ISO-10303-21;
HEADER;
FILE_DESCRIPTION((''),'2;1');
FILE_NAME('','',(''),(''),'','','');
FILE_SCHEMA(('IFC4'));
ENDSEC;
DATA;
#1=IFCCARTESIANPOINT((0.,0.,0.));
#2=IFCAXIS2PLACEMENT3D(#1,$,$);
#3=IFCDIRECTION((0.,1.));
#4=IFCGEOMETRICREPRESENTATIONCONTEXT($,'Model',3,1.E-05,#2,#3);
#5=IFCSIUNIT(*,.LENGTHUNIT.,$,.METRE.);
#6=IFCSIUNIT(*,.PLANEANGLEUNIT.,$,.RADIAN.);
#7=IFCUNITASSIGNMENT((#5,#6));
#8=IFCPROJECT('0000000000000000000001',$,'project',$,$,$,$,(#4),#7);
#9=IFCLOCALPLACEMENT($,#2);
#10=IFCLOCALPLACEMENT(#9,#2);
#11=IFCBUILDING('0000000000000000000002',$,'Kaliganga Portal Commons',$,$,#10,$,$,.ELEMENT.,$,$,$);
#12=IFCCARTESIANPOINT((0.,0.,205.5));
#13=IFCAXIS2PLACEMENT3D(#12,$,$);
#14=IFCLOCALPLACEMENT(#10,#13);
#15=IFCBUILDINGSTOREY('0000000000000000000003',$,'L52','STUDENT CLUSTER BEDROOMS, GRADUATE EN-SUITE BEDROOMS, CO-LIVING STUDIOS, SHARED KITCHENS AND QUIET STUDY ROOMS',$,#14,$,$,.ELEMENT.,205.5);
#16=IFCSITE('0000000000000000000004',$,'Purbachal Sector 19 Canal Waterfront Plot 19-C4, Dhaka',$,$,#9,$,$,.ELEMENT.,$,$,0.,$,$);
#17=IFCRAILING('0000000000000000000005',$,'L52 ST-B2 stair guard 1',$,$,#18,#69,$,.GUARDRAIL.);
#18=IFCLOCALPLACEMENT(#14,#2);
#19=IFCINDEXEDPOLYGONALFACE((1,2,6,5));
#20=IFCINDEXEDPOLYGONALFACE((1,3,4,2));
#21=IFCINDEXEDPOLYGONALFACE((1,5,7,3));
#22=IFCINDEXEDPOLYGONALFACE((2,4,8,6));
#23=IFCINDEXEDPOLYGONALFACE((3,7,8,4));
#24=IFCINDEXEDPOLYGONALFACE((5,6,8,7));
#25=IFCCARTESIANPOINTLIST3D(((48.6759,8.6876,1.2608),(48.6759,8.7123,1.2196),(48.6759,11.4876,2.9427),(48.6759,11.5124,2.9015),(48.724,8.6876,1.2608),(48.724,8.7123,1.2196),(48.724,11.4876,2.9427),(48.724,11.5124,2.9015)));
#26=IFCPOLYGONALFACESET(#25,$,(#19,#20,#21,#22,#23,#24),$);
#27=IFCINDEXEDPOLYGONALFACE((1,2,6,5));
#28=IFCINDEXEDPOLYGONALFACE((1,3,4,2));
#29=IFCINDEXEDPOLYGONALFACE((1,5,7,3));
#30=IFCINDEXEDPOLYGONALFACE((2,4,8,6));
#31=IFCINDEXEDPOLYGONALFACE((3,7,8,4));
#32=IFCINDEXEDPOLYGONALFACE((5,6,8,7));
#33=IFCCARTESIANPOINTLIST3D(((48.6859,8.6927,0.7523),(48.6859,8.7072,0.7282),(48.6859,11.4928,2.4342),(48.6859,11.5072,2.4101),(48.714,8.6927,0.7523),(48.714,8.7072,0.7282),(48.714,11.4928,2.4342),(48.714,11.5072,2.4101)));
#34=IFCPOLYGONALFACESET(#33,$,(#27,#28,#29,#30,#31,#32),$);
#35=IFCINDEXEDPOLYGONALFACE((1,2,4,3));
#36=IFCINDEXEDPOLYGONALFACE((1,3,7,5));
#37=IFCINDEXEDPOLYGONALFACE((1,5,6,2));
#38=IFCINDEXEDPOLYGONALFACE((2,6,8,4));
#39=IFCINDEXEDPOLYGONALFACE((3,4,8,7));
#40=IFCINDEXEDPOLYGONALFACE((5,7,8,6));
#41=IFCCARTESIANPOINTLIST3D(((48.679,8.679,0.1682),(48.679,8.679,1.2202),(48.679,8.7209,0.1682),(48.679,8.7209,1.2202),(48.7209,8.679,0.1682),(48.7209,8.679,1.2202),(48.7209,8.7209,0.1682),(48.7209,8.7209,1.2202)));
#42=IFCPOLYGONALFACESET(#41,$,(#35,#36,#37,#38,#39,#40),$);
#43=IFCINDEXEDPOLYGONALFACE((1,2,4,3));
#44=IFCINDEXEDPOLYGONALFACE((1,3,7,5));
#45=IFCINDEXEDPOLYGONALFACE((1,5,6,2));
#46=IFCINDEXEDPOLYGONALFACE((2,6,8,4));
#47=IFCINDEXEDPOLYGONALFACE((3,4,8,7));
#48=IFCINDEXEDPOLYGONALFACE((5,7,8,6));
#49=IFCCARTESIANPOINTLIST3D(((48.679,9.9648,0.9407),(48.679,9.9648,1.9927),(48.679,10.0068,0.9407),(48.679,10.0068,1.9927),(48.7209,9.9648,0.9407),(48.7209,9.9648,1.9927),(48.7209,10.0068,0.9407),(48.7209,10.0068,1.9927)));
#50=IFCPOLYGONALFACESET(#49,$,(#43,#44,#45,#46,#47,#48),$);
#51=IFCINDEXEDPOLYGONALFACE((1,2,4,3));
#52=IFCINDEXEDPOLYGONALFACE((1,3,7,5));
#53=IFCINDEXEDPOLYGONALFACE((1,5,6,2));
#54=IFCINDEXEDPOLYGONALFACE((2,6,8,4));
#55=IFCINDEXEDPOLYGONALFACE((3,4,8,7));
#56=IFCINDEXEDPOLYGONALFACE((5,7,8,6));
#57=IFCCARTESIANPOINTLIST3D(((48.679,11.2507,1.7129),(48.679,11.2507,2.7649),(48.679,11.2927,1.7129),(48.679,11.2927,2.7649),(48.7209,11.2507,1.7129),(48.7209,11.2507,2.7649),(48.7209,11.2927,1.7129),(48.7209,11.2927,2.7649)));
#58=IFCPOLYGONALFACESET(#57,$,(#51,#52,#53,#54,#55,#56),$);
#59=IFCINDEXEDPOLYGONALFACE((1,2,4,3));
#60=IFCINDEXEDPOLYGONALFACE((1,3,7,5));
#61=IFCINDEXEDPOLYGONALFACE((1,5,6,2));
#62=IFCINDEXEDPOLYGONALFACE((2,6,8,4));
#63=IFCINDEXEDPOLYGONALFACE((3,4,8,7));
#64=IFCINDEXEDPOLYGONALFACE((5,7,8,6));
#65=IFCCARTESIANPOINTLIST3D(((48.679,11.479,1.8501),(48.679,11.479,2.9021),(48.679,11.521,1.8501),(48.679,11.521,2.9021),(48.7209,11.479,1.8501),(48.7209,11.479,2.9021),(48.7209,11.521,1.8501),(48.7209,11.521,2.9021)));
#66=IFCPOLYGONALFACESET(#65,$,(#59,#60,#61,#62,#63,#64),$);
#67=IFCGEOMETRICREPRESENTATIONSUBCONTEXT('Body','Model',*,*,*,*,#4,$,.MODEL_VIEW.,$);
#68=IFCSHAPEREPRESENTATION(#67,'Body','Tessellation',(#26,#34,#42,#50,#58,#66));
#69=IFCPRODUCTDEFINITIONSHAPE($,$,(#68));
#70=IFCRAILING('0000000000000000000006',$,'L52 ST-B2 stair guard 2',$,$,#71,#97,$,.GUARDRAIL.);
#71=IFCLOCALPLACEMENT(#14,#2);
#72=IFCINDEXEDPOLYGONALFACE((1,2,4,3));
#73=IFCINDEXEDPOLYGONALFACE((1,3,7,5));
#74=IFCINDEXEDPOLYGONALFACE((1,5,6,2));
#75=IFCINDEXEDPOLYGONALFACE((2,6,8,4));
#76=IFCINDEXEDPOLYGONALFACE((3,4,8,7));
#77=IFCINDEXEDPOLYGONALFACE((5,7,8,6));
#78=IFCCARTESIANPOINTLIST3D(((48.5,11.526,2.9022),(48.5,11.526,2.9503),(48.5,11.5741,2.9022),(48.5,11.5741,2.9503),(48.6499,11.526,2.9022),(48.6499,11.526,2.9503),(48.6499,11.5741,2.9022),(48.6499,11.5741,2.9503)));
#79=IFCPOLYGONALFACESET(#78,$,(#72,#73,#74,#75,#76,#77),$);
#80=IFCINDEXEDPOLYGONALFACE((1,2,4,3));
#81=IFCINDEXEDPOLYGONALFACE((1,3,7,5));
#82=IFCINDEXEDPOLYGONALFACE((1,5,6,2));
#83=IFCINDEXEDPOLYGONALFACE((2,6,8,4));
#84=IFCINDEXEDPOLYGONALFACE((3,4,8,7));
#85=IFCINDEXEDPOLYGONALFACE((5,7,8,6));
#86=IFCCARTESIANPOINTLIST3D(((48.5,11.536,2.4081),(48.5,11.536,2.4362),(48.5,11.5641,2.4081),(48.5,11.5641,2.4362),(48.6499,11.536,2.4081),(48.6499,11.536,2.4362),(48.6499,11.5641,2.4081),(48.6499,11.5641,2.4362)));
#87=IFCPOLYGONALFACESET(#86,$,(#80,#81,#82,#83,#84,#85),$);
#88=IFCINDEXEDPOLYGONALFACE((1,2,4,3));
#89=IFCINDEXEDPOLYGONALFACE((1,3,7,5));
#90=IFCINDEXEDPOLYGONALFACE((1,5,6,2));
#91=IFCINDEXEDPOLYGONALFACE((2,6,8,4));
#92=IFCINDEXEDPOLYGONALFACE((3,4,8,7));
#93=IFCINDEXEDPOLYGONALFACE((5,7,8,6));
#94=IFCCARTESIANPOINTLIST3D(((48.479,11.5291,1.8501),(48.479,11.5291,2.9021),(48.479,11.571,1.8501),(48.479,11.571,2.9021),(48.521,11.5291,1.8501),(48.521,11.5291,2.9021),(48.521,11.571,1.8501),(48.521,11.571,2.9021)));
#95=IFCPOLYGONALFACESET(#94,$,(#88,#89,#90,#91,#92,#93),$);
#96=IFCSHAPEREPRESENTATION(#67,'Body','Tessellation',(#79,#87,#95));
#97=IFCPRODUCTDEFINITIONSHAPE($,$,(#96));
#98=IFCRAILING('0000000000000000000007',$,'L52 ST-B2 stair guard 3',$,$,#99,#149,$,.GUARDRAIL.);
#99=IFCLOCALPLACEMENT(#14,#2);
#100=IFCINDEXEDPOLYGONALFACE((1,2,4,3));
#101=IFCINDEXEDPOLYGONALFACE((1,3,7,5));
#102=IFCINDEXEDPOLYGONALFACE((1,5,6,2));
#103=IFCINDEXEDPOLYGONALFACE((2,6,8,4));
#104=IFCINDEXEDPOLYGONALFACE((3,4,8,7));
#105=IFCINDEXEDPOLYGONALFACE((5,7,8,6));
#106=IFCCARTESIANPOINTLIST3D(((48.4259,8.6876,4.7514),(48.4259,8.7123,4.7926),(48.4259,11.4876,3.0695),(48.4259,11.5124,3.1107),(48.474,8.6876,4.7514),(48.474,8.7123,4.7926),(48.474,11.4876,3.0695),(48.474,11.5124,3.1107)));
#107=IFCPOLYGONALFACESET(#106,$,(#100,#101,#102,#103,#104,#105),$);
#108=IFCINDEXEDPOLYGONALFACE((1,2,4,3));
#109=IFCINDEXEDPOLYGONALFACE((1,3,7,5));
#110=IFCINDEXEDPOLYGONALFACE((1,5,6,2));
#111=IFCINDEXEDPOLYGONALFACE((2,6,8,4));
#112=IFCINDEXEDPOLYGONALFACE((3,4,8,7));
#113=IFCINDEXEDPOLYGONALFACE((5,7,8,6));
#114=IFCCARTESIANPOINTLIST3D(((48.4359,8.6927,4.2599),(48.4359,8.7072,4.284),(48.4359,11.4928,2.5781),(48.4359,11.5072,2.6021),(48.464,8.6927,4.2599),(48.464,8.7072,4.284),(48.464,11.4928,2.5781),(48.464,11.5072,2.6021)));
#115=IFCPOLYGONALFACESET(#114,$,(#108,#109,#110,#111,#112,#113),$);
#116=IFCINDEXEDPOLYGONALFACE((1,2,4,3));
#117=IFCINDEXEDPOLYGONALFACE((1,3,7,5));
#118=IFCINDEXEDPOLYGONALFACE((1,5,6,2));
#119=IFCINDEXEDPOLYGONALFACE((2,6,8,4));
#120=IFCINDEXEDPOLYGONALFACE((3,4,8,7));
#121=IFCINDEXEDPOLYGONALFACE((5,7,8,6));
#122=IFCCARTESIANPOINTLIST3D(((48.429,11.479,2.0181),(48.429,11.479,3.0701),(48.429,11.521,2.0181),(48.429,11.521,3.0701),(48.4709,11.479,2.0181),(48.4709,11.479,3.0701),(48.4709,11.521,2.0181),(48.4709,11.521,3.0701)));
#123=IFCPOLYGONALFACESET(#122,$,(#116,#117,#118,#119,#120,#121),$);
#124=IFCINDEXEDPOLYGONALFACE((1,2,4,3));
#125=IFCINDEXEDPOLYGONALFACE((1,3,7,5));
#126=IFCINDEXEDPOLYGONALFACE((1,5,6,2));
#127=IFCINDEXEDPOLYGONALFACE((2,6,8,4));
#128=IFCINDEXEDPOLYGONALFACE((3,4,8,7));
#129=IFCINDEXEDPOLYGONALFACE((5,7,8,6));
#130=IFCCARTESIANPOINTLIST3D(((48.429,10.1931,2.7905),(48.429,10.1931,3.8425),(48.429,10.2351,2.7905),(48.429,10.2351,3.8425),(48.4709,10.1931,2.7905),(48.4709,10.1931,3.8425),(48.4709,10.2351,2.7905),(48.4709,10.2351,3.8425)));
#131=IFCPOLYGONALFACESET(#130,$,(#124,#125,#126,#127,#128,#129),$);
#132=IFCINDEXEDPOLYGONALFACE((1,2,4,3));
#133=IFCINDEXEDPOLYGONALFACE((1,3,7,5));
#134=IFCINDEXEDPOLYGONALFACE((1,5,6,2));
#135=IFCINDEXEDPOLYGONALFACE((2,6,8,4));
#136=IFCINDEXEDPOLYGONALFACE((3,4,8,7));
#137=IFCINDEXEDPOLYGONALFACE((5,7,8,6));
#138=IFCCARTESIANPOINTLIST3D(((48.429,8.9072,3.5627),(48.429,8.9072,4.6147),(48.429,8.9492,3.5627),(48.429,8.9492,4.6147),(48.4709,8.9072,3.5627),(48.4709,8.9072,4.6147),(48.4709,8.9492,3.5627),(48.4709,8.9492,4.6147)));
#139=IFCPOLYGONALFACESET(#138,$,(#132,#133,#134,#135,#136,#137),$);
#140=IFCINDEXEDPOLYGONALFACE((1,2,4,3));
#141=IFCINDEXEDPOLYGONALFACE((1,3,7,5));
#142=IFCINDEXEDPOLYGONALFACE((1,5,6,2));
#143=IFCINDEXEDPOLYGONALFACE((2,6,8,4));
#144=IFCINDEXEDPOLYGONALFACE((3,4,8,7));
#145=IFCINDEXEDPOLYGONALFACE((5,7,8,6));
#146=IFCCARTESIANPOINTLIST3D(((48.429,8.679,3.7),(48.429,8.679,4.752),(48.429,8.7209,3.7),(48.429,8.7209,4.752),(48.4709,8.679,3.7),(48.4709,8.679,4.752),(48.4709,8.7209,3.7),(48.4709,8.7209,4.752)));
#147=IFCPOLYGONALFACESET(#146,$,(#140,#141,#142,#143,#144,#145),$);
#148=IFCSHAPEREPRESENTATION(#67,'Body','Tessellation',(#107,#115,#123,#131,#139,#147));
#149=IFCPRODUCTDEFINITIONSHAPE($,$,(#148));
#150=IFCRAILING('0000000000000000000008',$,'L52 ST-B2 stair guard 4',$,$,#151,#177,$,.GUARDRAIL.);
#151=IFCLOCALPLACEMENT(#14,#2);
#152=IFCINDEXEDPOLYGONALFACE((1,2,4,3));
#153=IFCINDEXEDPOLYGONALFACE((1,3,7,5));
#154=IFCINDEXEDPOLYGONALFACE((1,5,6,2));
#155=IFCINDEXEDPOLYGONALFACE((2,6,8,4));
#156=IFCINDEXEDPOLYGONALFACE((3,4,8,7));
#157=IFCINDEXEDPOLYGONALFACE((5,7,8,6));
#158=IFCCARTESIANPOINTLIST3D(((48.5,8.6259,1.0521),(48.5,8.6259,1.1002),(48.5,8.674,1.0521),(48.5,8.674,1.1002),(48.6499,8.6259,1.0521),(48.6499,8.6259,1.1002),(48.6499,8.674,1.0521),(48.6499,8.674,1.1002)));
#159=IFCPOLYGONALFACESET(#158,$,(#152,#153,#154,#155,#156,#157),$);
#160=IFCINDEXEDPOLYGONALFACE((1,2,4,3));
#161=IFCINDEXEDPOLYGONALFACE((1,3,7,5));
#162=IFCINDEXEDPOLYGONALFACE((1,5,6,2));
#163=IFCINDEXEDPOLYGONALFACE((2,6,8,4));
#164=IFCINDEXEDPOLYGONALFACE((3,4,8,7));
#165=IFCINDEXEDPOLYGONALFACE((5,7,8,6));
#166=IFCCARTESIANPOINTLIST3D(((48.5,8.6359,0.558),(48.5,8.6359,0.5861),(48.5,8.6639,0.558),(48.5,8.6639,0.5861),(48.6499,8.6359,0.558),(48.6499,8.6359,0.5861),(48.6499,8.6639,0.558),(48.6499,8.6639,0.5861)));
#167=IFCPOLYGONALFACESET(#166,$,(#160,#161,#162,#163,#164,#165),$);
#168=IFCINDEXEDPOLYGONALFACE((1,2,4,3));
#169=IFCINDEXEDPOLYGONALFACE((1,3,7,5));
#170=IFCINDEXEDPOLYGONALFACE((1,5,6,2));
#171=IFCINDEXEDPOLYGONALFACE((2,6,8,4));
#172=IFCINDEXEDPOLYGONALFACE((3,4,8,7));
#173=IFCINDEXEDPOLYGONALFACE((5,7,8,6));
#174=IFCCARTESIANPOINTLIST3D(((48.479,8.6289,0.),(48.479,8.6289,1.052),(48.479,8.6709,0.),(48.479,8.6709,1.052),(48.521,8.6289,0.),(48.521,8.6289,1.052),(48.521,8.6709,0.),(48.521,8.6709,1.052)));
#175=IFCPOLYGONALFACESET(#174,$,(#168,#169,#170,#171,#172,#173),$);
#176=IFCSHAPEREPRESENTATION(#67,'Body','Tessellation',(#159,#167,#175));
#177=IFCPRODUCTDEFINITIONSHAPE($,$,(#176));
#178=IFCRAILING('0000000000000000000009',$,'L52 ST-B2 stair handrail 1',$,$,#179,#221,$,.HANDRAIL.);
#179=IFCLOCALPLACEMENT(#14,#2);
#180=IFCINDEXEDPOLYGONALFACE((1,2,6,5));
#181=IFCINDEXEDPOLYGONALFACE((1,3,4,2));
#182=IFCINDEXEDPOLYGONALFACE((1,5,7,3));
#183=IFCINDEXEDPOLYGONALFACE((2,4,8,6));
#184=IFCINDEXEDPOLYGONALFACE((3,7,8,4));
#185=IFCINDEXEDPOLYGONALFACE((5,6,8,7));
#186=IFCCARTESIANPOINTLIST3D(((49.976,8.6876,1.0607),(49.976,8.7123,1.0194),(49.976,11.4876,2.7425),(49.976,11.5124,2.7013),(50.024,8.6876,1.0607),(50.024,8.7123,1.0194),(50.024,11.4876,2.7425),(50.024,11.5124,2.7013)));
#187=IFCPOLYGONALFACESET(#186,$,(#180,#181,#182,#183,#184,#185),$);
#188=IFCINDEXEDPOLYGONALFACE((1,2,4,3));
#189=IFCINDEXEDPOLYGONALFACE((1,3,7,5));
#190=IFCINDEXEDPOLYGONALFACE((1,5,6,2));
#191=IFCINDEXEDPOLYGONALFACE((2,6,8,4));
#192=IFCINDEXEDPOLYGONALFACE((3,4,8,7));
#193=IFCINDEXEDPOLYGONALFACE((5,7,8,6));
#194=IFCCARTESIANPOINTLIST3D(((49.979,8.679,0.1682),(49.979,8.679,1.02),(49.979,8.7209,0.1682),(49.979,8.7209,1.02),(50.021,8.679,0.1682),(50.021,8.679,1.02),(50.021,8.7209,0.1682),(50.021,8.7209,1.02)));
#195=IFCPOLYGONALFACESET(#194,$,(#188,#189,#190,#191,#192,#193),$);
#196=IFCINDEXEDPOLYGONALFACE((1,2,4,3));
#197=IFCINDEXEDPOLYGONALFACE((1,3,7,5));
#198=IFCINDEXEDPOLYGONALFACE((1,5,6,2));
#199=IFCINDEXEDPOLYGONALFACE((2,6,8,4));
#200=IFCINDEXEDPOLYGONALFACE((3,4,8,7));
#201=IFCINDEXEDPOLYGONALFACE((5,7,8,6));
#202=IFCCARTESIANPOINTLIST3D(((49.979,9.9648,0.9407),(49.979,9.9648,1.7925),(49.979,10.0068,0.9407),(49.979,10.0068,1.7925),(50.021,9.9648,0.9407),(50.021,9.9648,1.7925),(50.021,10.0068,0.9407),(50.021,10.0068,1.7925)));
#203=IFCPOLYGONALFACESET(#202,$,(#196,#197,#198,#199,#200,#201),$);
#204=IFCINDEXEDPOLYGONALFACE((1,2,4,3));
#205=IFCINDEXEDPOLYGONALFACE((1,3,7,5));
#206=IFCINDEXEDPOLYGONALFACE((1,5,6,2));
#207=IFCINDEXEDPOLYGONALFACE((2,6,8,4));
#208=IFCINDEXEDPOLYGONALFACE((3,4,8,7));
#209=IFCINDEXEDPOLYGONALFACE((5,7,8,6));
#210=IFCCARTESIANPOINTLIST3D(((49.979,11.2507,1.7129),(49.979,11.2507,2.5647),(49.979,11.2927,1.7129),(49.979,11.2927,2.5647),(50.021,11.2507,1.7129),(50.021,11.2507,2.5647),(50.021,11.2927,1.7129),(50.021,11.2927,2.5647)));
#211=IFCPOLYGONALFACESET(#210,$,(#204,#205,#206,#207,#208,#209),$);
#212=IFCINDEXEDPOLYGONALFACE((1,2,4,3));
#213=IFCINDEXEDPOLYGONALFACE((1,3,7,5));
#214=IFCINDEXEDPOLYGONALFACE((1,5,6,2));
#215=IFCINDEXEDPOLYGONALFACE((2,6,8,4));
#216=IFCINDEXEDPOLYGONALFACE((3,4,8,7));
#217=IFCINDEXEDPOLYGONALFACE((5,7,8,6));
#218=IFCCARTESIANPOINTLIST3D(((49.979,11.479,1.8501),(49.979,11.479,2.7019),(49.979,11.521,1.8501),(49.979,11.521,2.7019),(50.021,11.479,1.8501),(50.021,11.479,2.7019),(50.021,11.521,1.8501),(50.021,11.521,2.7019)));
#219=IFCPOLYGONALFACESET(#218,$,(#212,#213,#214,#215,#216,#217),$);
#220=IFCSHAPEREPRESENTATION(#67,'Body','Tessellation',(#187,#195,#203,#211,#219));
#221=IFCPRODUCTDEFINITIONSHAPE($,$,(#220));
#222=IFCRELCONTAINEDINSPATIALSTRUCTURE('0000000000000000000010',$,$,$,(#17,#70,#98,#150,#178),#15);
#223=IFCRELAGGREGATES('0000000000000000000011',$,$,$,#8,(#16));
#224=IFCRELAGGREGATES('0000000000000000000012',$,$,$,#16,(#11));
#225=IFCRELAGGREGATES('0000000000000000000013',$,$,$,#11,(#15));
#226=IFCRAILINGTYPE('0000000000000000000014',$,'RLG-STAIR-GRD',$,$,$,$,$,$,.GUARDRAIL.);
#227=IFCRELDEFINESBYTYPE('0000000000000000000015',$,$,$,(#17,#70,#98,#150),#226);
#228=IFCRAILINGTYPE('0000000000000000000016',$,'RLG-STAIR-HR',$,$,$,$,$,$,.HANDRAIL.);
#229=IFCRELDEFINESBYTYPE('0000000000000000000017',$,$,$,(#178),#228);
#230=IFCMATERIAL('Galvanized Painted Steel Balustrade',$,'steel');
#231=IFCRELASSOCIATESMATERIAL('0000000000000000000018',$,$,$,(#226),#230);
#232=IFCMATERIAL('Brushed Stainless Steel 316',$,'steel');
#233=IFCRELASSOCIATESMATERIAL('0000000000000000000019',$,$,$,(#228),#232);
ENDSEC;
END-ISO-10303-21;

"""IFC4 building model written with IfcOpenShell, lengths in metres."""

from ifc_helpers import new_model, si_unit, direction, frame, origin, origin_2d, place, context, subcontext, project, spatial, rectangle, extrude, material, type_object, element, save


model = new_model("IFC4")

# Units and contexts
model_context = context("Model", 3, precision=1e-05, world=origin(), true_north=direction((0.0, 1.0)))
body_context = subcontext(model_context, "Body", "Model", "MODEL_VIEW")
ifc_project = project(units=[si_unit("LENGTHUNIT", "METRE"), si_unit("PLANEANGLEUNIT", "RADIAN")], contexts=[model_context])

# Site, building, storey
site_placement = place(None, origin())
site = spatial("IfcSite", under=ifc_project, at=site_placement, Name="Purbachal Sector 19 Canal Waterfront Plot 19-C4, Dhaka", CompositionType="ELEMENT", RefElevation=0.0)
building_placement = place(site_placement, origin())
building = spatial("IfcBuilding", under=site, at=building_placement, Name="Kaliganga Portal Commons", CompositionType="ELEMENT")
storey_placement = place(building_placement, frame((0.0, 0.0, 205.5)))
storey = spatial("IfcBuildingStorey", under=building, at=storey_placement, Name="L52", Description="STUDENT CLUSTER BEDROOMS, GRADUATE EN-SUITE BEDROOMS, CO-LIVING STUDIOS, SHARED KITCHENS AND QUIET STUDY ROOMS", CompositionType="ELEMENT", Elevation=205.5)

# Railings
ifc_material_1 = material(Name="Galvanized Painted Steel Balustrade", Category="steel")
railing_type_1 = type_object("IfcRailingType", Name="RLG-STAIR-GRD", PredefinedType="GUARDRAIL", material=ifc_material_1)
railing_1_placement = place(storey_placement, frame((48.7, 8.7, 0.1682)))
element("IfcRailing", 1, at=railing_1_placement, inside=storey, type_object=railing_type_1, Name="L52 ST-B2 stair guard 1", PredefinedType="GUARDRAIL", context=body_context, shape_type="SweptSolid", body=[
    extrude(rectangle(XDim=0.0481, YDim=0.0481, at=origin_2d()), frame((0.0, 0.0, 1.072), z_axis=(0.0, 0.857242, 0.514913), x_axis=(-1.0, 0.0, 0.0)), (0.0, 0.0, 1.0), 3.2664),
    extrude(rectangle(XDim=0.0281, YDim=0.0281, at=origin_2d()), frame((0.0, 0.0, 0.572), z_axis=(0.0, 0.857242, 0.514913), x_axis=(-1.0, 0.0, 0.0)), (0.0, 0.0, 1.0), 3.2664),
    extrude(rectangle(XDim=0.042, YDim=0.042, at=origin_2d()), origin(), (0.0, 0.0, 1.0), 1.052),
    extrude(rectangle(XDim=0.042, YDim=0.042, at=origin_2d()), frame((0.0, 1.2859, 0.7725)), (0.0, 0.0, 1.0), 1.052),
    extrude(rectangle(XDim=0.042, YDim=0.042, at=origin_2d()), frame((0.0, 2.5718, 1.5447)), (0.0, 0.0, 1.0), 1.052),
    extrude(rectangle(XDim=0.042, YDim=0.042, at=origin_2d()), frame((0.0, 2.8, 1.6819)), (0.0, 0.0, 1.0), 1.052),
])
railing_2_placement = place(storey_placement, frame((48.6499, 11.55, 1.8501)))
element("IfcRailing", 2, at=railing_2_placement, inside=storey, type_object=railing_type_1, Name="L52 ST-B2 stair guard 2", PredefinedType="GUARDRAIL", context=body_context, shape_type="SweptSolid", body=[
    extrude(rectangle(XDim=0.0481, YDim=0.0481, at=origin_2d()), frame((0.0, 0.0, 1.0762), z_axis=(-1.0, 0.0, 0.0), x_axis=(0.0, -1.0, 0.0)), (0.0, 0.0, 1.0), 0.1499),
    extrude(rectangle(XDim=0.0281, YDim=0.0281, at=origin_2d()), frame((0.0, 0.0, 0.572), z_axis=(-1.0, 0.0, 0.0), x_axis=(0.0, -1.0, 0.0)), (0.0, 0.0, 1.0), 0.1499),
    extrude(rectangle(XDim=0.042, YDim=0.042, at=origin_2d()), frame((-0.1499, 0.0, 0.0)), (0.0, 0.0, 1.0), 1.052),
])
railing_3_placement = place(storey_placement, frame((48.45, 11.5, 2.0181)))
element("IfcRailing", 3, at=railing_3_placement, inside=storey, type_object=railing_type_1, Name="L52 ST-B2 stair guard 3", PredefinedType="GUARDRAIL", context=body_context, shape_type="SweptSolid", body=[
    extrude(rectangle(XDim=0.0481, YDim=0.0481, at=origin_2d()), frame((0.0, 0.0, 1.072), z_axis=(0.0, -0.857242, 0.514913), x_axis=(1.0, 0.0, 0.0)), (0.0, 0.0, 1.0), 3.2664),
    extrude(rectangle(XDim=0.0281, YDim=0.0281, at=origin_2d()), frame((0.0, 0.0, 0.572), z_axis=(0.0, -0.857242, 0.514913), x_axis=(1.0, 0.0, 0.0)), (0.0, 0.0, 1.0), 3.2664),
    extrude(rectangle(XDim=0.042, YDim=0.042, at=origin_2d()), origin(), (0.0, 0.0, 1.0), 1.052),
    extrude(rectangle(XDim=0.042, YDim=0.042, at=origin_2d()), frame((0.0, -1.2859, 0.7725)), (0.0, 0.0, 1.0), 1.052),
    extrude(rectangle(XDim=0.042, YDim=0.042, at=origin_2d()), frame((0.0, -2.5718, 1.5447)), (0.0, 0.0, 1.0), 1.052),
    extrude(rectangle(XDim=0.042, YDim=0.042, at=origin_2d()), frame((0.0, -2.8, 1.6819)), (0.0, 0.0, 1.0), 1.052),
])
railing_4_placement = place(storey_placement, frame((48.6499, 8.6499, 0.0)))
element("IfcRailing", 4, at=railing_4_placement, inside=storey, type_object=railing_type_1, Name="L52 ST-B2 stair guard 4", PredefinedType="GUARDRAIL", context=body_context, shape_type="SweptSolid", body=[
    extrude(rectangle(XDim=0.0481, YDim=0.0481, at=origin_2d()), frame((0.0, 0.0, 1.0762), z_axis=(-1.0, 0.0, 0.0), x_axis=(0.0, -1.0, 0.0)), (0.0, 0.0, 1.0), 0.1499),
    extrude(rectangle(XDim=0.0281, YDim=0.0281, at=origin_2d()), frame((0.0, 0.0, 0.572), z_axis=(-1.0, 0.0, 0.0), x_axis=(0.0, -1.0, 0.0)), (0.0, 0.0, 1.0), 0.1499),
    extrude(rectangle(XDim=0.042, YDim=0.042, at=origin_2d()), frame((-0.1499, 0.0, 0.0)), (0.0, 0.0, 1.0), 1.052),
])
ifc_material_2 = material(Name="Brushed Stainless Steel 316", Category="steel")
railing_type_2 = type_object("IfcRailingType", Name="RLG-STAIR-HR", PredefinedType="HANDRAIL", material=ifc_material_2)
railing_5_placement = place(storey_placement, frame((50.0, 8.7, 0.1682)))
element("IfcRailing", 5, at=railing_5_placement, inside=storey, type_object=railing_type_2, Name="L52 ST-B2 stair handrail 1", PredefinedType="HANDRAIL", context=body_context, shape_type="SweptSolid", body=[
    extrude(rectangle(XDim=0.0481, YDim=0.0481, at=origin_2d()), frame((0.0, 0.0, 0.8718), z_axis=(0.0, 0.857242, 0.514913), x_axis=(-1.0, 0.0, 0.0)), (0.0, 0.0, 1.0), 3.2664),
    extrude(rectangle(XDim=0.042, YDim=0.042, at=origin_2d()), origin(), (0.0, 0.0, 1.0), 0.8518),
    extrude(rectangle(XDim=0.042, YDim=0.042, at=origin_2d()), frame((0.0, 1.2859, 0.7725)), (0.0, 0.0, 1.0), 0.8518),
    extrude(rectangle(XDim=0.042, YDim=0.042, at=origin_2d()), frame((0.0, 2.5718, 1.5447)), (0.0, 0.0, 1.0), 0.8518),
    extrude(rectangle(XDim=0.042, YDim=0.042, at=origin_2d()), frame((0.0, 2.8, 1.6819)), (0.0, 0.0, 1.0), 0.8518),
])

save(model, "model.ifc")
